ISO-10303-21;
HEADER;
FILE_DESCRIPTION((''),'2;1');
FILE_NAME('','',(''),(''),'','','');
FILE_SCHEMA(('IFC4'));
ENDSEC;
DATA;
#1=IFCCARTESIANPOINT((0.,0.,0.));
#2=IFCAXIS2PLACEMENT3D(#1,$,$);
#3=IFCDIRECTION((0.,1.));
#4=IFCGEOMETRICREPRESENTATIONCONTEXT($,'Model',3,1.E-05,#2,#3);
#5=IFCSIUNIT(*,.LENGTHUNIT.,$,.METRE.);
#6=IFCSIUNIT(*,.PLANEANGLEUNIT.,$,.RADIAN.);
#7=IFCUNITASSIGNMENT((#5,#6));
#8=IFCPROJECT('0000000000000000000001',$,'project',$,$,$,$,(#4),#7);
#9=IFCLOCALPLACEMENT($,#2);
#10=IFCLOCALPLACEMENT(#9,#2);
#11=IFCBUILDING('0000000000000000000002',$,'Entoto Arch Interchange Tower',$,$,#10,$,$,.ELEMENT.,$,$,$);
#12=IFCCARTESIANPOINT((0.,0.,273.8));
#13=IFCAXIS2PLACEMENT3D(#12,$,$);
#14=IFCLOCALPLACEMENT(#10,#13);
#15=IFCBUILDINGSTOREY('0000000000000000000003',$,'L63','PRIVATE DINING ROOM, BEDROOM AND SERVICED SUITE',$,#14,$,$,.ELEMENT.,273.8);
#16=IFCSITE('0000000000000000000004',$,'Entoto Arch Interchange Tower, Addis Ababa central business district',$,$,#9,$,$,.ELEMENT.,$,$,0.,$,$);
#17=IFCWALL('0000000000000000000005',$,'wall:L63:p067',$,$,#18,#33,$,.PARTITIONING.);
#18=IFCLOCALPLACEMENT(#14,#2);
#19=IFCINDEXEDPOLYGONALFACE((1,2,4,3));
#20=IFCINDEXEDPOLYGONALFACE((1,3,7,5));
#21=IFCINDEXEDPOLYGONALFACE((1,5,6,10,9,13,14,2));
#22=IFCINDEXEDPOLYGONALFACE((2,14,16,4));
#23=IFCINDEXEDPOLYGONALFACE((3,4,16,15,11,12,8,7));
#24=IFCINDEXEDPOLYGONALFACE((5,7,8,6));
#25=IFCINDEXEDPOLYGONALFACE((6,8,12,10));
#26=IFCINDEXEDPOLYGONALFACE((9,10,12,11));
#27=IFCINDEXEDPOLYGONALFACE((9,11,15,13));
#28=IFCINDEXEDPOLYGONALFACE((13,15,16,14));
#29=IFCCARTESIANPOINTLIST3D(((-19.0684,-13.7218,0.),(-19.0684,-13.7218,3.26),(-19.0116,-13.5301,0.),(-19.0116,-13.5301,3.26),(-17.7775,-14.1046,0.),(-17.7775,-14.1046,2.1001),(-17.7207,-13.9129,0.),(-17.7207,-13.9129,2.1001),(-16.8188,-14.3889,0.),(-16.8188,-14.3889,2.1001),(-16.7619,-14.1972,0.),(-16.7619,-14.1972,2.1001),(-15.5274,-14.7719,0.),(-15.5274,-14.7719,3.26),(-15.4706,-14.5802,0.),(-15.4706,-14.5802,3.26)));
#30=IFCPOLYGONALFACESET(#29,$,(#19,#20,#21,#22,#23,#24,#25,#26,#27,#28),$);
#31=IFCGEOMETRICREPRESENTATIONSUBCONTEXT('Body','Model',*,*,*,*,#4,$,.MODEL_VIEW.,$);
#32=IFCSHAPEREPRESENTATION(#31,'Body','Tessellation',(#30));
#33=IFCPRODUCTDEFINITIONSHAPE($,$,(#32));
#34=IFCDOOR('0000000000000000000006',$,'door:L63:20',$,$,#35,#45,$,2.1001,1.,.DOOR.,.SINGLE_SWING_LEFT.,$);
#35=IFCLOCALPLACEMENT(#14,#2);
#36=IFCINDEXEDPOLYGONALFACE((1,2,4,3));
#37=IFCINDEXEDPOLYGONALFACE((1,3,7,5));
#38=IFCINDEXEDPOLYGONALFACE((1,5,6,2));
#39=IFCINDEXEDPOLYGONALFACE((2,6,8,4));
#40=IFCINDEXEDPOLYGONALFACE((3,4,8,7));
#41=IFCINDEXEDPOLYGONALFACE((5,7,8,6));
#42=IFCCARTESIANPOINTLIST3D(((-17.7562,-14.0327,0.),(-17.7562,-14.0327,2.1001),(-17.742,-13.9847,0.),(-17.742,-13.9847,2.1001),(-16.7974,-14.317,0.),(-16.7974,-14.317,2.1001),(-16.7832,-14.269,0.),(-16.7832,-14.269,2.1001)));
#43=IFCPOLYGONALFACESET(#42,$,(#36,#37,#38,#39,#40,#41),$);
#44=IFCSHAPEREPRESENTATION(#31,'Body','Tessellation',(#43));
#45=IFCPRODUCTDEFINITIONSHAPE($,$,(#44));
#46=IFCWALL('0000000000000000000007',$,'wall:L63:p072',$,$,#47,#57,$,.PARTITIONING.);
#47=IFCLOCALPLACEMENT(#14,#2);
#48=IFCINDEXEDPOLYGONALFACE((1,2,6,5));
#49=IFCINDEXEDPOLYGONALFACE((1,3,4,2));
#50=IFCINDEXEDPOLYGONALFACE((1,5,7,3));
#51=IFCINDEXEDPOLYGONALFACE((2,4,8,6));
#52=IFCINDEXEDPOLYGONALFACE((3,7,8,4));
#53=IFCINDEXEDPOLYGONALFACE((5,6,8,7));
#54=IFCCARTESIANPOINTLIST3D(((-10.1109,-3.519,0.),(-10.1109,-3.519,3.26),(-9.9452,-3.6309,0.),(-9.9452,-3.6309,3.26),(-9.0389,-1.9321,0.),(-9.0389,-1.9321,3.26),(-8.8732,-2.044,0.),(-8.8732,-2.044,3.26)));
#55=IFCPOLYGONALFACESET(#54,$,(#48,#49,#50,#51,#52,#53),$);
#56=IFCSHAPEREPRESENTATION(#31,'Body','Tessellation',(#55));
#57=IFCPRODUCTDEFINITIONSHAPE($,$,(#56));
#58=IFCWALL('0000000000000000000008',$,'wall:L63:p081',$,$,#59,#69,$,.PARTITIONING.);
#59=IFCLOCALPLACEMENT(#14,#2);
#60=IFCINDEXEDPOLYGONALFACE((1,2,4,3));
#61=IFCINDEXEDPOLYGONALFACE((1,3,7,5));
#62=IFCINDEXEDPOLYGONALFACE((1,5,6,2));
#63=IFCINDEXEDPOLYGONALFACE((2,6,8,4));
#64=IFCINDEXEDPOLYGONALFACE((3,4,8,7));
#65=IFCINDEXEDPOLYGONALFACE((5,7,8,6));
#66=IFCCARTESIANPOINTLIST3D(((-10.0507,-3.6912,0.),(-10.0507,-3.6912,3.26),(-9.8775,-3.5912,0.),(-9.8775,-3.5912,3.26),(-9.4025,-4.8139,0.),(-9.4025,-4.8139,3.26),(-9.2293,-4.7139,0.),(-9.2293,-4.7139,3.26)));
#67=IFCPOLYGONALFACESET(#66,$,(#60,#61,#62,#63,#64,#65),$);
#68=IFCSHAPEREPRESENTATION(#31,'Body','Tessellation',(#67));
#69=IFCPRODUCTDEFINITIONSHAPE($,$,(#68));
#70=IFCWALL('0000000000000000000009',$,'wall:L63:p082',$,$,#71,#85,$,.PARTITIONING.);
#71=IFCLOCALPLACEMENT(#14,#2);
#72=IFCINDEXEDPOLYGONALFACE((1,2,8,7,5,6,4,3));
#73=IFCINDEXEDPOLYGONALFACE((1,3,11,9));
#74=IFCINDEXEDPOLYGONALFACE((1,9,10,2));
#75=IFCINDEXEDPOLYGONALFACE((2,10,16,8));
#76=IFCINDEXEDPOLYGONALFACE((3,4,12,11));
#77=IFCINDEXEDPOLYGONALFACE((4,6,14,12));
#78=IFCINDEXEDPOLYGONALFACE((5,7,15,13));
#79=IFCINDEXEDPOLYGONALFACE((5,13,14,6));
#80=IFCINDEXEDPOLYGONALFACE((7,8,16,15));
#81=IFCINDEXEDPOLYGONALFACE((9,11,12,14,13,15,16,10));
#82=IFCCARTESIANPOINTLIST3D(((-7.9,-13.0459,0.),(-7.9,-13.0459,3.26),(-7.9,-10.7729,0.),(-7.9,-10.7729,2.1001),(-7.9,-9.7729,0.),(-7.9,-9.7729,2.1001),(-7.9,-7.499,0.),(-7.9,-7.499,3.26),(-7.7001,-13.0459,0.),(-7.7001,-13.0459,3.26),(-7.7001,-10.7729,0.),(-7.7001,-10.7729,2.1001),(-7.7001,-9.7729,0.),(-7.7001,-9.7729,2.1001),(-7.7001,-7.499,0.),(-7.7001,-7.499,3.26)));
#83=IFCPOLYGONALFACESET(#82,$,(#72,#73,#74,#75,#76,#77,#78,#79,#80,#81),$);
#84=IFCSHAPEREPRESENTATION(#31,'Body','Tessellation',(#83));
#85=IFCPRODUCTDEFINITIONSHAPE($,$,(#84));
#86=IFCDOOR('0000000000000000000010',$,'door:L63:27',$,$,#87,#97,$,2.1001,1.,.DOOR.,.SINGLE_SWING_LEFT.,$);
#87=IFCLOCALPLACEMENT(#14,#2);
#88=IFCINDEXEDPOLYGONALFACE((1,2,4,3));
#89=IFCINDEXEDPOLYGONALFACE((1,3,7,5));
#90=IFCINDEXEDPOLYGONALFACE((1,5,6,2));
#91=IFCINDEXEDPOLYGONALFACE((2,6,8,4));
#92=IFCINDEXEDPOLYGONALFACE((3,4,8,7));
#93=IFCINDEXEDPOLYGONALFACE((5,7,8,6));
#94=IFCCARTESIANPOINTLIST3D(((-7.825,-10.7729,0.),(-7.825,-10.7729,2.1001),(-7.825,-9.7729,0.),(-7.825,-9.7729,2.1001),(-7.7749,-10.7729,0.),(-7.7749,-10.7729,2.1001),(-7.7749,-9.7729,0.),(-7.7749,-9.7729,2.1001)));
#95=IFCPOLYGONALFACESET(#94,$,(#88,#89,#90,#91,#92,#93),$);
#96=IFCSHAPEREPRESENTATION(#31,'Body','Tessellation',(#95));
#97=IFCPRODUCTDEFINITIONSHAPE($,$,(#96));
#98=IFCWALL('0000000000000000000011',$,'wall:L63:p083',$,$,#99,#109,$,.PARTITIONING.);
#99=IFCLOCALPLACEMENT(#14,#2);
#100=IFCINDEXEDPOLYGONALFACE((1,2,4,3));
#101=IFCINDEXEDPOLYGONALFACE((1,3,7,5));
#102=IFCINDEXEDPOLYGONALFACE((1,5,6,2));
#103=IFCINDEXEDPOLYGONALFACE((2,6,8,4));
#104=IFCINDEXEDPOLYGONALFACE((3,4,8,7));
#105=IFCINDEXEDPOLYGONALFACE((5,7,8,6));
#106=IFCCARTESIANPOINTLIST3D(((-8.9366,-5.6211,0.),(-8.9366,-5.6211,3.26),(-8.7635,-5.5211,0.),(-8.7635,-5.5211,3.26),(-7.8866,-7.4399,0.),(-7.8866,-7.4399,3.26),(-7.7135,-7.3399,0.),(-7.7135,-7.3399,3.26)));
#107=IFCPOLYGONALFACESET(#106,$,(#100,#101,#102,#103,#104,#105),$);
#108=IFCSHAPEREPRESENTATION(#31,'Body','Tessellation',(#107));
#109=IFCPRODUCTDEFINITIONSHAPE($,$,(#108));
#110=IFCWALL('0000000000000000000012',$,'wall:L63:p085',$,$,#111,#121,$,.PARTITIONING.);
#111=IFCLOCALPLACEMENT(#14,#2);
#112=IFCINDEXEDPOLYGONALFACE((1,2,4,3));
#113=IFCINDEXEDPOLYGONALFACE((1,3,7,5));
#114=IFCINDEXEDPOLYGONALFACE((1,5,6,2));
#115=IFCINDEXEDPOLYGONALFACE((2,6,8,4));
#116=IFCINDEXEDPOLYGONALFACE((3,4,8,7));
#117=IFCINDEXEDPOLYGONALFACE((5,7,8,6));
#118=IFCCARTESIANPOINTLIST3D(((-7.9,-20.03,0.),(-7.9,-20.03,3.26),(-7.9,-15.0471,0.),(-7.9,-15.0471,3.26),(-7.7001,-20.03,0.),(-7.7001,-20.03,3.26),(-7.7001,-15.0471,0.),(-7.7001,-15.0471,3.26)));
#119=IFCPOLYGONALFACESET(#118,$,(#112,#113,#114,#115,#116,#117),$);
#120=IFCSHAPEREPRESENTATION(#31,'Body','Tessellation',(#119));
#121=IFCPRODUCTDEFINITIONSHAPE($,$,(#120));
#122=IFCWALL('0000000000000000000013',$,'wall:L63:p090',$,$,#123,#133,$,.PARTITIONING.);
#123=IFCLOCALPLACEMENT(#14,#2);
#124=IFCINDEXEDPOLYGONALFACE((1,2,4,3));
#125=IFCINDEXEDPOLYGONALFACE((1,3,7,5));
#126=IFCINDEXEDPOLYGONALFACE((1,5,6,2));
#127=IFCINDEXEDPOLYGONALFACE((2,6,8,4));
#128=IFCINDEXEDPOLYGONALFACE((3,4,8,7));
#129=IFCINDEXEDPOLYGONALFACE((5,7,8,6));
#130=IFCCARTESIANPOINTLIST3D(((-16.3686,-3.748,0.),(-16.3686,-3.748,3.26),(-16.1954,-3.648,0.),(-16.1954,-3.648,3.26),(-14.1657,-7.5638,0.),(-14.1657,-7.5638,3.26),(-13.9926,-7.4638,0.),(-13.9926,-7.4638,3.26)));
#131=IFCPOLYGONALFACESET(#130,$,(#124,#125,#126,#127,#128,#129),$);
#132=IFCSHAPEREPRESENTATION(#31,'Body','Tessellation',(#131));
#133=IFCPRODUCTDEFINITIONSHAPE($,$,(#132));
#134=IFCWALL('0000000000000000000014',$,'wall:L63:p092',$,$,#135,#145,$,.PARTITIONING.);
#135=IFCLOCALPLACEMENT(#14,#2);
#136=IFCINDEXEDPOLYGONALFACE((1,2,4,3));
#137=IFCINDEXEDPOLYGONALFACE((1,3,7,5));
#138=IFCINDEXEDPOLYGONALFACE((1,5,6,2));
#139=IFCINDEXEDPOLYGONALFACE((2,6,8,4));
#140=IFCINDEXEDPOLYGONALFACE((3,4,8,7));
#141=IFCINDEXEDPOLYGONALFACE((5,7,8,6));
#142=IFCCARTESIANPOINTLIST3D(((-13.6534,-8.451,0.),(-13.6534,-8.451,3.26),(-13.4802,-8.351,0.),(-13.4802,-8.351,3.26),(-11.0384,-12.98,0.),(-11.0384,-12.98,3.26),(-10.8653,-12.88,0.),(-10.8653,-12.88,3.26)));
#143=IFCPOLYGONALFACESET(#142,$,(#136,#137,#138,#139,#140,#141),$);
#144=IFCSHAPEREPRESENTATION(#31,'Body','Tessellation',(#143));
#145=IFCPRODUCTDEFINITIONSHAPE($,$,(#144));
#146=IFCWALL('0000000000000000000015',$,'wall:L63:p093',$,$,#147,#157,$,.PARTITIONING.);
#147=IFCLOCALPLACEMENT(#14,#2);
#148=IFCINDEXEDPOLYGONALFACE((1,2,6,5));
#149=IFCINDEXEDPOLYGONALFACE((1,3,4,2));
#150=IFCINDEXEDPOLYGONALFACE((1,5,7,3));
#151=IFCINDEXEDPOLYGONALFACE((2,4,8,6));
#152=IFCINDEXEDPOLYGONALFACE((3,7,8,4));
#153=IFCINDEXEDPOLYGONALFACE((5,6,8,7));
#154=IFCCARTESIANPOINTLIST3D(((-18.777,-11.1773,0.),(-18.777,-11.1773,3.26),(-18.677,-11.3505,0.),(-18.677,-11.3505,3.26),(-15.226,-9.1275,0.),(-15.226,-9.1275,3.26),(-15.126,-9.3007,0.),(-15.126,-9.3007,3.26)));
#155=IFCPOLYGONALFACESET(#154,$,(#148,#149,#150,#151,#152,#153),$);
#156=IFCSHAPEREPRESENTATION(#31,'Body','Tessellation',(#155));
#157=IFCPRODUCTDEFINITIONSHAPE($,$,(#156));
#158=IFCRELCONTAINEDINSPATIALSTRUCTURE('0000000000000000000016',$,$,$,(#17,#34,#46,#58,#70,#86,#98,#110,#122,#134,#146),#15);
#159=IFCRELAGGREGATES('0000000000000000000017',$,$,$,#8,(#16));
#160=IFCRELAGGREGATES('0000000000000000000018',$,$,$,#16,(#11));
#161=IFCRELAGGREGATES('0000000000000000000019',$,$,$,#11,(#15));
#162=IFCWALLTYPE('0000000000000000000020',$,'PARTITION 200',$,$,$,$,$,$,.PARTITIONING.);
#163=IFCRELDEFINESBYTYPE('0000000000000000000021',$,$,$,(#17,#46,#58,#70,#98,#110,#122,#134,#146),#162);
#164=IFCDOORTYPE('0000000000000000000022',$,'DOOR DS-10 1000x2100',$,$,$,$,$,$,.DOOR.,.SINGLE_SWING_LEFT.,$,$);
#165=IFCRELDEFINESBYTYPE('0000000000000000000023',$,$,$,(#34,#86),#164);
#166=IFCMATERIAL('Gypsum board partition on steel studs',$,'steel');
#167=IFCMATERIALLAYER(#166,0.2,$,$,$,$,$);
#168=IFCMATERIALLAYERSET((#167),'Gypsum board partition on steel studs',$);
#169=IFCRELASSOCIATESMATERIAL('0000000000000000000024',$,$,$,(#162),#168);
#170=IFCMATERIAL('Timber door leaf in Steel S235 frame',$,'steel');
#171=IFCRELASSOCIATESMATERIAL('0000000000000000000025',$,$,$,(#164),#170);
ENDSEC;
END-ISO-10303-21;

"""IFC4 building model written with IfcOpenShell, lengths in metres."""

from ifc_helpers import new_model, si_unit, direction, frame, frame_2d, origin, place, context, subcontext, project, spatial, rectangle, extrude, material, layer, layer_set, type_object, element, fill, save


model = new_model("IFC4")

# Units and contexts
model_context = context("Model", 3, precision=1e-05, world=origin(), true_north=direction((0.0, 1.0)))
body_context = subcontext(model_context, "Body", "Model", "MODEL_VIEW")
ifc_project = project(units=[si_unit("LENGTHUNIT", "METRE"), si_unit("PLANEANGLEUNIT", "RADIAN")], contexts=[model_context])

# Site, building, storey
site_placement = place(None, origin())
site = spatial("IfcSite", under=ifc_project, at=site_placement, Name="Entoto Arch Interchange Tower, Addis Ababa central business district", CompositionType="ELEMENT", RefElevation=0.0)
building_placement = place(site_placement, origin())
building = spatial("IfcBuilding", under=site, at=building_placement, Name="Entoto Arch Interchange Tower", CompositionType="ELEMENT")
storey_placement = place(building_placement, frame((0.0, 0.0, 273.8)))
storey = spatial("IfcBuildingStorey", under=building, at=storey_placement, Name="L63", Description="PRIVATE DINING ROOM, BEDROOM AND SERVICED SUITE", CompositionType="ELEMENT", Elevation=273.8)

# Shared definitions
ifc_material_1 = material(Name="Gypsum board partition on steel studs", Category="steel")
ifc_layer_1 = layer(ifc_material_1, 0.2)
ifc_layer_set_1 = layer_set([ifc_layer_1], Name="Gypsum board partition on steel studs")
wall_type_1 = type_object("IfcWallType", Name="PARTITION 200", PredefinedType="PARTITIONING", material=ifc_layer_set_1)

# Shared definitions
ifc_material_2 = material(Name="Timber door leaf in Steel S235 frame", Category="steel")
door_type = type_object("IfcDoorType", Name="DOOR DS-10 1000x2100", OperationType="SINGLE_SWING_LEFT", PredefinedType="DOOR", material=ifc_material_2)

# Wall, opening, door
wall_1_placement = place(storey_placement, frame((-15.499, -14.676, 0.0), z_axis=(0.0, 0.0, 1.0), x_axis=(-0.958735, 0.284302, 0.0)))
wall_1 = element("IfcWall", 1, at=wall_1_placement, inside=storey, type_object=wall_type_1, Name="wall:L63:p067", PredefinedType="PARTITIONING", context=body_context, shape_type="SweptSolid", body=[
    extrude(rectangle(XDim=3.6934, YDim=0.2, at=frame_2d((1.8467, 0.0))), origin(), (0.0, 0.0, 1.0), 3.26),
])
opening_1_placement = place(wall_1_placement, frame((1.3469, 0.0, 0.0)))
opening_1 = element("IfcOpeningElement", 2, at=opening_1_placement, cuts=wall_1, PredefinedType="OPENING", context=body_context, shape_type="SweptSolid", body=[
    extrude(rectangle(XDim=1.0, YDim=2.1001, at=frame_2d((0.5, 1.05))), frame((0.0, 0.1099, 0.0), z_axis=(0.0, -1.0, 0.0), x_axis=(1.0, 0.0, 0.0)), (0.0, 0.0, 1.0), 0.22),
])
door_1_placement = place(opening_1_placement, origin())
door_1 = element("IfcDoor", 3, at=door_1_placement, inside=storey, type_object=door_type, Name="door:L63:20", OperationType="SINGLE_SWING_LEFT", OverallHeight=2.1001, OverallWidth=1.0, PredefinedType="DOOR", context=body_context, shape_type="SweptSolid", body=[
    extrude(rectangle(XDim=1.0, YDim=2.1001, at=frame_2d((0.5, 1.05))), frame((0.0, 0.0249, 0.0), z_axis=(0.0, -1.0, 0.0), x_axis=(1.0, 0.0, 0.0)), (0.0, 0.0, 1.0), 0.05),
])
fill(opening_1, door_1)

# Walls
wall_2_placement = place(storey_placement, frame((-10.0281, -3.575, 0.0), z_axis=(0.0, 0.0, 1.0), x_axis=(0.559779, 0.828642, 0.0)))
element("IfcWall", 4, at=wall_2_placement, inside=storey, type_object=wall_type_1, Name="wall:L63:p072", PredefinedType="PARTITIONING", context=body_context, shape_type="SweptSolid", body=[
    extrude(rectangle(XDim=1.915, YDim=0.2, at=frame_2d((0.9575, 0.0))), origin(), (0.0, 0.0, 1.0), 3.26),
])
wall_3_placement = place(storey_placement, frame((-9.3159, -4.7639, 0.0), z_axis=(0.0, 0.0, 1.0), x_axis=(-0.499967, 0.866044, 0.0)))
element("IfcWall", 5, at=wall_3_placement, inside=storey, type_object=wall_type_1, Name="wall:L63:p081", PredefinedType="PARTITIONING", context=body_context, shape_type="SweptSolid", body=[
    extrude(rectangle(XDim=1.2964, YDim=0.2, at=frame_2d((0.6482, 0.0))), origin(), (0.0, 0.0, 1.0), 3.26),
])

# Wall, opening, door
wall_4_placement = place(storey_placement, frame((-7.8, -13.0459, 0.0), z_axis=(0.0, 0.0, 1.0), x_axis=(0.0, 1.0, 0.0)))
wall_4 = element("IfcWall", 6, at=wall_4_placement, inside=storey, type_object=wall_type_1, Name="wall:L63:p082", PredefinedType="PARTITIONING", context=body_context, shape_type="SweptSolid", body=[
    extrude(rectangle(XDim=5.5469, YDim=0.2, at=frame_2d((2.7734, 0.0))), origin(), (0.0, 0.0, 1.0), 3.26),
])
opening_2_placement = place(wall_4_placement, frame((2.2729, 0.0, 0.0)))
opening_2 = element("IfcOpeningElement", 7, at=opening_2_placement, cuts=wall_4, PredefinedType="OPENING", context=body_context, shape_type="SweptSolid", body=[
    extrude(rectangle(XDim=1.0, YDim=2.1001, at=frame_2d((0.5, 1.05))), frame((0.0, 0.1099, 0.0), z_axis=(0.0, -1.0, 0.0), x_axis=(1.0, 0.0, 0.0)), (0.0, 0.0, 1.0), 0.22),
])
door_2_placement = place(opening_2_placement, origin())
door_2 = element("IfcDoor", 8, at=door_2_placement, inside=storey, type_object=door_type, Name="door:L63:27", OperationType="SINGLE_SWING_LEFT", OverallHeight=2.1001, OverallWidth=1.0, PredefinedType="DOOR", context=body_context, shape_type="SweptSolid", body=[
    extrude(rectangle(XDim=1.0, YDim=2.1001, at=frame_2d((0.5, 1.05))), frame((0.0, 0.0249, 0.0), z_axis=(0.0, -1.0, 0.0), x_axis=(1.0, 0.0, 0.0)), (0.0, 0.0, 1.0), 0.05),
])
fill(opening_2, door_2)

# Walls
wall_5_placement = place(storey_placement, frame((-7.8, -7.3899, 0.0), z_axis=(0.0, 0.0, 1.0), x_axis=(-0.499977, 0.866038, 0.0)))
element("IfcWall", 9, at=wall_5_placement, inside=storey, type_object=wall_type_1, Name="wall:L63:p083", PredefinedType="PARTITIONING", context=body_context, shape_type="SweptSolid", body=[
    extrude(rectangle(XDim=2.1001, YDim=0.2, at=frame_2d((1.05, 0.0))), origin(), (0.0, 0.0, 1.0), 3.26),
])
wall_6_placement = place(storey_placement, frame((-7.8, -20.03, 0.0), z_axis=(0.0, 0.0, 1.0), x_axis=(0.0, 1.0, 0.0)))
element("IfcWall", 10, at=wall_6_placement, inside=storey, type_object=wall_type_1, Name="wall:L63:p085", PredefinedType="PARTITIONING", context=body_context, shape_type="SweptSolid", body=[
    extrude(rectangle(XDim=4.9829, YDim=0.2, at=frame_2d((2.4915, 0.0))), origin(), (0.0, 0.0, 1.0), 3.26),
])
wall_7_placement = place(storey_placement, frame((-14.0791, -7.5139, 0.0), z_axis=(0.0, 0.0, 1.0), x_axis=(-0.499959, 0.866049, 0.0)))
element("IfcWall", 11, at=wall_7_placement, inside=storey, type_object=wall_type_1, Name="wall:L63:p090", PredefinedType="PARTITIONING", context=body_context, shape_type="SweptSolid", body=[
    extrude(rectangle(XDim=4.406, YDim=0.2, at=frame_2d((2.2031, 0.0))), origin(), (0.0, 0.0, 1.0), 3.26),
])
wall_8_placement = place(storey_placement, frame((-10.9519, -12.9299, 0.0), z_axis=(0.0, 0.0, 1.0), x_axis=(-0.50002, 0.866014, 0.0)))
element("IfcWall", 12, at=wall_8_placement, inside=storey, type_object=wall_type_1, Name="wall:L63:p092", PredefinedType="PARTITIONING", context=body_context, shape_type="SweptSolid", body=[
    extrude(rectangle(XDim=5.2297, YDim=0.2, at=frame_2d((2.6147, 0.0))), origin(), (0.0, 0.0, 1.0), 3.26),
])
wall_9_placement = place(storey_placement, frame((-15.176, -9.2141, 0.0), z_axis=(0.0, 0.0, 1.0), x_axis=(-0.866066, -0.49993, 0.0)))
element("IfcWall", 13, at=wall_9_placement, inside=storey, type_object=wall_type_1, Name="wall:L63:p093", PredefinedType="PARTITIONING", context=body_context, shape_type="SweptSolid", body=[
    extrude(rectangle(XDim=4.1001, YDim=0.2, at=frame_2d((2.05, 0.0))), origin(), (0.0, 0.0, 1.0), 3.26),
])

save(model, "model.ifc")
